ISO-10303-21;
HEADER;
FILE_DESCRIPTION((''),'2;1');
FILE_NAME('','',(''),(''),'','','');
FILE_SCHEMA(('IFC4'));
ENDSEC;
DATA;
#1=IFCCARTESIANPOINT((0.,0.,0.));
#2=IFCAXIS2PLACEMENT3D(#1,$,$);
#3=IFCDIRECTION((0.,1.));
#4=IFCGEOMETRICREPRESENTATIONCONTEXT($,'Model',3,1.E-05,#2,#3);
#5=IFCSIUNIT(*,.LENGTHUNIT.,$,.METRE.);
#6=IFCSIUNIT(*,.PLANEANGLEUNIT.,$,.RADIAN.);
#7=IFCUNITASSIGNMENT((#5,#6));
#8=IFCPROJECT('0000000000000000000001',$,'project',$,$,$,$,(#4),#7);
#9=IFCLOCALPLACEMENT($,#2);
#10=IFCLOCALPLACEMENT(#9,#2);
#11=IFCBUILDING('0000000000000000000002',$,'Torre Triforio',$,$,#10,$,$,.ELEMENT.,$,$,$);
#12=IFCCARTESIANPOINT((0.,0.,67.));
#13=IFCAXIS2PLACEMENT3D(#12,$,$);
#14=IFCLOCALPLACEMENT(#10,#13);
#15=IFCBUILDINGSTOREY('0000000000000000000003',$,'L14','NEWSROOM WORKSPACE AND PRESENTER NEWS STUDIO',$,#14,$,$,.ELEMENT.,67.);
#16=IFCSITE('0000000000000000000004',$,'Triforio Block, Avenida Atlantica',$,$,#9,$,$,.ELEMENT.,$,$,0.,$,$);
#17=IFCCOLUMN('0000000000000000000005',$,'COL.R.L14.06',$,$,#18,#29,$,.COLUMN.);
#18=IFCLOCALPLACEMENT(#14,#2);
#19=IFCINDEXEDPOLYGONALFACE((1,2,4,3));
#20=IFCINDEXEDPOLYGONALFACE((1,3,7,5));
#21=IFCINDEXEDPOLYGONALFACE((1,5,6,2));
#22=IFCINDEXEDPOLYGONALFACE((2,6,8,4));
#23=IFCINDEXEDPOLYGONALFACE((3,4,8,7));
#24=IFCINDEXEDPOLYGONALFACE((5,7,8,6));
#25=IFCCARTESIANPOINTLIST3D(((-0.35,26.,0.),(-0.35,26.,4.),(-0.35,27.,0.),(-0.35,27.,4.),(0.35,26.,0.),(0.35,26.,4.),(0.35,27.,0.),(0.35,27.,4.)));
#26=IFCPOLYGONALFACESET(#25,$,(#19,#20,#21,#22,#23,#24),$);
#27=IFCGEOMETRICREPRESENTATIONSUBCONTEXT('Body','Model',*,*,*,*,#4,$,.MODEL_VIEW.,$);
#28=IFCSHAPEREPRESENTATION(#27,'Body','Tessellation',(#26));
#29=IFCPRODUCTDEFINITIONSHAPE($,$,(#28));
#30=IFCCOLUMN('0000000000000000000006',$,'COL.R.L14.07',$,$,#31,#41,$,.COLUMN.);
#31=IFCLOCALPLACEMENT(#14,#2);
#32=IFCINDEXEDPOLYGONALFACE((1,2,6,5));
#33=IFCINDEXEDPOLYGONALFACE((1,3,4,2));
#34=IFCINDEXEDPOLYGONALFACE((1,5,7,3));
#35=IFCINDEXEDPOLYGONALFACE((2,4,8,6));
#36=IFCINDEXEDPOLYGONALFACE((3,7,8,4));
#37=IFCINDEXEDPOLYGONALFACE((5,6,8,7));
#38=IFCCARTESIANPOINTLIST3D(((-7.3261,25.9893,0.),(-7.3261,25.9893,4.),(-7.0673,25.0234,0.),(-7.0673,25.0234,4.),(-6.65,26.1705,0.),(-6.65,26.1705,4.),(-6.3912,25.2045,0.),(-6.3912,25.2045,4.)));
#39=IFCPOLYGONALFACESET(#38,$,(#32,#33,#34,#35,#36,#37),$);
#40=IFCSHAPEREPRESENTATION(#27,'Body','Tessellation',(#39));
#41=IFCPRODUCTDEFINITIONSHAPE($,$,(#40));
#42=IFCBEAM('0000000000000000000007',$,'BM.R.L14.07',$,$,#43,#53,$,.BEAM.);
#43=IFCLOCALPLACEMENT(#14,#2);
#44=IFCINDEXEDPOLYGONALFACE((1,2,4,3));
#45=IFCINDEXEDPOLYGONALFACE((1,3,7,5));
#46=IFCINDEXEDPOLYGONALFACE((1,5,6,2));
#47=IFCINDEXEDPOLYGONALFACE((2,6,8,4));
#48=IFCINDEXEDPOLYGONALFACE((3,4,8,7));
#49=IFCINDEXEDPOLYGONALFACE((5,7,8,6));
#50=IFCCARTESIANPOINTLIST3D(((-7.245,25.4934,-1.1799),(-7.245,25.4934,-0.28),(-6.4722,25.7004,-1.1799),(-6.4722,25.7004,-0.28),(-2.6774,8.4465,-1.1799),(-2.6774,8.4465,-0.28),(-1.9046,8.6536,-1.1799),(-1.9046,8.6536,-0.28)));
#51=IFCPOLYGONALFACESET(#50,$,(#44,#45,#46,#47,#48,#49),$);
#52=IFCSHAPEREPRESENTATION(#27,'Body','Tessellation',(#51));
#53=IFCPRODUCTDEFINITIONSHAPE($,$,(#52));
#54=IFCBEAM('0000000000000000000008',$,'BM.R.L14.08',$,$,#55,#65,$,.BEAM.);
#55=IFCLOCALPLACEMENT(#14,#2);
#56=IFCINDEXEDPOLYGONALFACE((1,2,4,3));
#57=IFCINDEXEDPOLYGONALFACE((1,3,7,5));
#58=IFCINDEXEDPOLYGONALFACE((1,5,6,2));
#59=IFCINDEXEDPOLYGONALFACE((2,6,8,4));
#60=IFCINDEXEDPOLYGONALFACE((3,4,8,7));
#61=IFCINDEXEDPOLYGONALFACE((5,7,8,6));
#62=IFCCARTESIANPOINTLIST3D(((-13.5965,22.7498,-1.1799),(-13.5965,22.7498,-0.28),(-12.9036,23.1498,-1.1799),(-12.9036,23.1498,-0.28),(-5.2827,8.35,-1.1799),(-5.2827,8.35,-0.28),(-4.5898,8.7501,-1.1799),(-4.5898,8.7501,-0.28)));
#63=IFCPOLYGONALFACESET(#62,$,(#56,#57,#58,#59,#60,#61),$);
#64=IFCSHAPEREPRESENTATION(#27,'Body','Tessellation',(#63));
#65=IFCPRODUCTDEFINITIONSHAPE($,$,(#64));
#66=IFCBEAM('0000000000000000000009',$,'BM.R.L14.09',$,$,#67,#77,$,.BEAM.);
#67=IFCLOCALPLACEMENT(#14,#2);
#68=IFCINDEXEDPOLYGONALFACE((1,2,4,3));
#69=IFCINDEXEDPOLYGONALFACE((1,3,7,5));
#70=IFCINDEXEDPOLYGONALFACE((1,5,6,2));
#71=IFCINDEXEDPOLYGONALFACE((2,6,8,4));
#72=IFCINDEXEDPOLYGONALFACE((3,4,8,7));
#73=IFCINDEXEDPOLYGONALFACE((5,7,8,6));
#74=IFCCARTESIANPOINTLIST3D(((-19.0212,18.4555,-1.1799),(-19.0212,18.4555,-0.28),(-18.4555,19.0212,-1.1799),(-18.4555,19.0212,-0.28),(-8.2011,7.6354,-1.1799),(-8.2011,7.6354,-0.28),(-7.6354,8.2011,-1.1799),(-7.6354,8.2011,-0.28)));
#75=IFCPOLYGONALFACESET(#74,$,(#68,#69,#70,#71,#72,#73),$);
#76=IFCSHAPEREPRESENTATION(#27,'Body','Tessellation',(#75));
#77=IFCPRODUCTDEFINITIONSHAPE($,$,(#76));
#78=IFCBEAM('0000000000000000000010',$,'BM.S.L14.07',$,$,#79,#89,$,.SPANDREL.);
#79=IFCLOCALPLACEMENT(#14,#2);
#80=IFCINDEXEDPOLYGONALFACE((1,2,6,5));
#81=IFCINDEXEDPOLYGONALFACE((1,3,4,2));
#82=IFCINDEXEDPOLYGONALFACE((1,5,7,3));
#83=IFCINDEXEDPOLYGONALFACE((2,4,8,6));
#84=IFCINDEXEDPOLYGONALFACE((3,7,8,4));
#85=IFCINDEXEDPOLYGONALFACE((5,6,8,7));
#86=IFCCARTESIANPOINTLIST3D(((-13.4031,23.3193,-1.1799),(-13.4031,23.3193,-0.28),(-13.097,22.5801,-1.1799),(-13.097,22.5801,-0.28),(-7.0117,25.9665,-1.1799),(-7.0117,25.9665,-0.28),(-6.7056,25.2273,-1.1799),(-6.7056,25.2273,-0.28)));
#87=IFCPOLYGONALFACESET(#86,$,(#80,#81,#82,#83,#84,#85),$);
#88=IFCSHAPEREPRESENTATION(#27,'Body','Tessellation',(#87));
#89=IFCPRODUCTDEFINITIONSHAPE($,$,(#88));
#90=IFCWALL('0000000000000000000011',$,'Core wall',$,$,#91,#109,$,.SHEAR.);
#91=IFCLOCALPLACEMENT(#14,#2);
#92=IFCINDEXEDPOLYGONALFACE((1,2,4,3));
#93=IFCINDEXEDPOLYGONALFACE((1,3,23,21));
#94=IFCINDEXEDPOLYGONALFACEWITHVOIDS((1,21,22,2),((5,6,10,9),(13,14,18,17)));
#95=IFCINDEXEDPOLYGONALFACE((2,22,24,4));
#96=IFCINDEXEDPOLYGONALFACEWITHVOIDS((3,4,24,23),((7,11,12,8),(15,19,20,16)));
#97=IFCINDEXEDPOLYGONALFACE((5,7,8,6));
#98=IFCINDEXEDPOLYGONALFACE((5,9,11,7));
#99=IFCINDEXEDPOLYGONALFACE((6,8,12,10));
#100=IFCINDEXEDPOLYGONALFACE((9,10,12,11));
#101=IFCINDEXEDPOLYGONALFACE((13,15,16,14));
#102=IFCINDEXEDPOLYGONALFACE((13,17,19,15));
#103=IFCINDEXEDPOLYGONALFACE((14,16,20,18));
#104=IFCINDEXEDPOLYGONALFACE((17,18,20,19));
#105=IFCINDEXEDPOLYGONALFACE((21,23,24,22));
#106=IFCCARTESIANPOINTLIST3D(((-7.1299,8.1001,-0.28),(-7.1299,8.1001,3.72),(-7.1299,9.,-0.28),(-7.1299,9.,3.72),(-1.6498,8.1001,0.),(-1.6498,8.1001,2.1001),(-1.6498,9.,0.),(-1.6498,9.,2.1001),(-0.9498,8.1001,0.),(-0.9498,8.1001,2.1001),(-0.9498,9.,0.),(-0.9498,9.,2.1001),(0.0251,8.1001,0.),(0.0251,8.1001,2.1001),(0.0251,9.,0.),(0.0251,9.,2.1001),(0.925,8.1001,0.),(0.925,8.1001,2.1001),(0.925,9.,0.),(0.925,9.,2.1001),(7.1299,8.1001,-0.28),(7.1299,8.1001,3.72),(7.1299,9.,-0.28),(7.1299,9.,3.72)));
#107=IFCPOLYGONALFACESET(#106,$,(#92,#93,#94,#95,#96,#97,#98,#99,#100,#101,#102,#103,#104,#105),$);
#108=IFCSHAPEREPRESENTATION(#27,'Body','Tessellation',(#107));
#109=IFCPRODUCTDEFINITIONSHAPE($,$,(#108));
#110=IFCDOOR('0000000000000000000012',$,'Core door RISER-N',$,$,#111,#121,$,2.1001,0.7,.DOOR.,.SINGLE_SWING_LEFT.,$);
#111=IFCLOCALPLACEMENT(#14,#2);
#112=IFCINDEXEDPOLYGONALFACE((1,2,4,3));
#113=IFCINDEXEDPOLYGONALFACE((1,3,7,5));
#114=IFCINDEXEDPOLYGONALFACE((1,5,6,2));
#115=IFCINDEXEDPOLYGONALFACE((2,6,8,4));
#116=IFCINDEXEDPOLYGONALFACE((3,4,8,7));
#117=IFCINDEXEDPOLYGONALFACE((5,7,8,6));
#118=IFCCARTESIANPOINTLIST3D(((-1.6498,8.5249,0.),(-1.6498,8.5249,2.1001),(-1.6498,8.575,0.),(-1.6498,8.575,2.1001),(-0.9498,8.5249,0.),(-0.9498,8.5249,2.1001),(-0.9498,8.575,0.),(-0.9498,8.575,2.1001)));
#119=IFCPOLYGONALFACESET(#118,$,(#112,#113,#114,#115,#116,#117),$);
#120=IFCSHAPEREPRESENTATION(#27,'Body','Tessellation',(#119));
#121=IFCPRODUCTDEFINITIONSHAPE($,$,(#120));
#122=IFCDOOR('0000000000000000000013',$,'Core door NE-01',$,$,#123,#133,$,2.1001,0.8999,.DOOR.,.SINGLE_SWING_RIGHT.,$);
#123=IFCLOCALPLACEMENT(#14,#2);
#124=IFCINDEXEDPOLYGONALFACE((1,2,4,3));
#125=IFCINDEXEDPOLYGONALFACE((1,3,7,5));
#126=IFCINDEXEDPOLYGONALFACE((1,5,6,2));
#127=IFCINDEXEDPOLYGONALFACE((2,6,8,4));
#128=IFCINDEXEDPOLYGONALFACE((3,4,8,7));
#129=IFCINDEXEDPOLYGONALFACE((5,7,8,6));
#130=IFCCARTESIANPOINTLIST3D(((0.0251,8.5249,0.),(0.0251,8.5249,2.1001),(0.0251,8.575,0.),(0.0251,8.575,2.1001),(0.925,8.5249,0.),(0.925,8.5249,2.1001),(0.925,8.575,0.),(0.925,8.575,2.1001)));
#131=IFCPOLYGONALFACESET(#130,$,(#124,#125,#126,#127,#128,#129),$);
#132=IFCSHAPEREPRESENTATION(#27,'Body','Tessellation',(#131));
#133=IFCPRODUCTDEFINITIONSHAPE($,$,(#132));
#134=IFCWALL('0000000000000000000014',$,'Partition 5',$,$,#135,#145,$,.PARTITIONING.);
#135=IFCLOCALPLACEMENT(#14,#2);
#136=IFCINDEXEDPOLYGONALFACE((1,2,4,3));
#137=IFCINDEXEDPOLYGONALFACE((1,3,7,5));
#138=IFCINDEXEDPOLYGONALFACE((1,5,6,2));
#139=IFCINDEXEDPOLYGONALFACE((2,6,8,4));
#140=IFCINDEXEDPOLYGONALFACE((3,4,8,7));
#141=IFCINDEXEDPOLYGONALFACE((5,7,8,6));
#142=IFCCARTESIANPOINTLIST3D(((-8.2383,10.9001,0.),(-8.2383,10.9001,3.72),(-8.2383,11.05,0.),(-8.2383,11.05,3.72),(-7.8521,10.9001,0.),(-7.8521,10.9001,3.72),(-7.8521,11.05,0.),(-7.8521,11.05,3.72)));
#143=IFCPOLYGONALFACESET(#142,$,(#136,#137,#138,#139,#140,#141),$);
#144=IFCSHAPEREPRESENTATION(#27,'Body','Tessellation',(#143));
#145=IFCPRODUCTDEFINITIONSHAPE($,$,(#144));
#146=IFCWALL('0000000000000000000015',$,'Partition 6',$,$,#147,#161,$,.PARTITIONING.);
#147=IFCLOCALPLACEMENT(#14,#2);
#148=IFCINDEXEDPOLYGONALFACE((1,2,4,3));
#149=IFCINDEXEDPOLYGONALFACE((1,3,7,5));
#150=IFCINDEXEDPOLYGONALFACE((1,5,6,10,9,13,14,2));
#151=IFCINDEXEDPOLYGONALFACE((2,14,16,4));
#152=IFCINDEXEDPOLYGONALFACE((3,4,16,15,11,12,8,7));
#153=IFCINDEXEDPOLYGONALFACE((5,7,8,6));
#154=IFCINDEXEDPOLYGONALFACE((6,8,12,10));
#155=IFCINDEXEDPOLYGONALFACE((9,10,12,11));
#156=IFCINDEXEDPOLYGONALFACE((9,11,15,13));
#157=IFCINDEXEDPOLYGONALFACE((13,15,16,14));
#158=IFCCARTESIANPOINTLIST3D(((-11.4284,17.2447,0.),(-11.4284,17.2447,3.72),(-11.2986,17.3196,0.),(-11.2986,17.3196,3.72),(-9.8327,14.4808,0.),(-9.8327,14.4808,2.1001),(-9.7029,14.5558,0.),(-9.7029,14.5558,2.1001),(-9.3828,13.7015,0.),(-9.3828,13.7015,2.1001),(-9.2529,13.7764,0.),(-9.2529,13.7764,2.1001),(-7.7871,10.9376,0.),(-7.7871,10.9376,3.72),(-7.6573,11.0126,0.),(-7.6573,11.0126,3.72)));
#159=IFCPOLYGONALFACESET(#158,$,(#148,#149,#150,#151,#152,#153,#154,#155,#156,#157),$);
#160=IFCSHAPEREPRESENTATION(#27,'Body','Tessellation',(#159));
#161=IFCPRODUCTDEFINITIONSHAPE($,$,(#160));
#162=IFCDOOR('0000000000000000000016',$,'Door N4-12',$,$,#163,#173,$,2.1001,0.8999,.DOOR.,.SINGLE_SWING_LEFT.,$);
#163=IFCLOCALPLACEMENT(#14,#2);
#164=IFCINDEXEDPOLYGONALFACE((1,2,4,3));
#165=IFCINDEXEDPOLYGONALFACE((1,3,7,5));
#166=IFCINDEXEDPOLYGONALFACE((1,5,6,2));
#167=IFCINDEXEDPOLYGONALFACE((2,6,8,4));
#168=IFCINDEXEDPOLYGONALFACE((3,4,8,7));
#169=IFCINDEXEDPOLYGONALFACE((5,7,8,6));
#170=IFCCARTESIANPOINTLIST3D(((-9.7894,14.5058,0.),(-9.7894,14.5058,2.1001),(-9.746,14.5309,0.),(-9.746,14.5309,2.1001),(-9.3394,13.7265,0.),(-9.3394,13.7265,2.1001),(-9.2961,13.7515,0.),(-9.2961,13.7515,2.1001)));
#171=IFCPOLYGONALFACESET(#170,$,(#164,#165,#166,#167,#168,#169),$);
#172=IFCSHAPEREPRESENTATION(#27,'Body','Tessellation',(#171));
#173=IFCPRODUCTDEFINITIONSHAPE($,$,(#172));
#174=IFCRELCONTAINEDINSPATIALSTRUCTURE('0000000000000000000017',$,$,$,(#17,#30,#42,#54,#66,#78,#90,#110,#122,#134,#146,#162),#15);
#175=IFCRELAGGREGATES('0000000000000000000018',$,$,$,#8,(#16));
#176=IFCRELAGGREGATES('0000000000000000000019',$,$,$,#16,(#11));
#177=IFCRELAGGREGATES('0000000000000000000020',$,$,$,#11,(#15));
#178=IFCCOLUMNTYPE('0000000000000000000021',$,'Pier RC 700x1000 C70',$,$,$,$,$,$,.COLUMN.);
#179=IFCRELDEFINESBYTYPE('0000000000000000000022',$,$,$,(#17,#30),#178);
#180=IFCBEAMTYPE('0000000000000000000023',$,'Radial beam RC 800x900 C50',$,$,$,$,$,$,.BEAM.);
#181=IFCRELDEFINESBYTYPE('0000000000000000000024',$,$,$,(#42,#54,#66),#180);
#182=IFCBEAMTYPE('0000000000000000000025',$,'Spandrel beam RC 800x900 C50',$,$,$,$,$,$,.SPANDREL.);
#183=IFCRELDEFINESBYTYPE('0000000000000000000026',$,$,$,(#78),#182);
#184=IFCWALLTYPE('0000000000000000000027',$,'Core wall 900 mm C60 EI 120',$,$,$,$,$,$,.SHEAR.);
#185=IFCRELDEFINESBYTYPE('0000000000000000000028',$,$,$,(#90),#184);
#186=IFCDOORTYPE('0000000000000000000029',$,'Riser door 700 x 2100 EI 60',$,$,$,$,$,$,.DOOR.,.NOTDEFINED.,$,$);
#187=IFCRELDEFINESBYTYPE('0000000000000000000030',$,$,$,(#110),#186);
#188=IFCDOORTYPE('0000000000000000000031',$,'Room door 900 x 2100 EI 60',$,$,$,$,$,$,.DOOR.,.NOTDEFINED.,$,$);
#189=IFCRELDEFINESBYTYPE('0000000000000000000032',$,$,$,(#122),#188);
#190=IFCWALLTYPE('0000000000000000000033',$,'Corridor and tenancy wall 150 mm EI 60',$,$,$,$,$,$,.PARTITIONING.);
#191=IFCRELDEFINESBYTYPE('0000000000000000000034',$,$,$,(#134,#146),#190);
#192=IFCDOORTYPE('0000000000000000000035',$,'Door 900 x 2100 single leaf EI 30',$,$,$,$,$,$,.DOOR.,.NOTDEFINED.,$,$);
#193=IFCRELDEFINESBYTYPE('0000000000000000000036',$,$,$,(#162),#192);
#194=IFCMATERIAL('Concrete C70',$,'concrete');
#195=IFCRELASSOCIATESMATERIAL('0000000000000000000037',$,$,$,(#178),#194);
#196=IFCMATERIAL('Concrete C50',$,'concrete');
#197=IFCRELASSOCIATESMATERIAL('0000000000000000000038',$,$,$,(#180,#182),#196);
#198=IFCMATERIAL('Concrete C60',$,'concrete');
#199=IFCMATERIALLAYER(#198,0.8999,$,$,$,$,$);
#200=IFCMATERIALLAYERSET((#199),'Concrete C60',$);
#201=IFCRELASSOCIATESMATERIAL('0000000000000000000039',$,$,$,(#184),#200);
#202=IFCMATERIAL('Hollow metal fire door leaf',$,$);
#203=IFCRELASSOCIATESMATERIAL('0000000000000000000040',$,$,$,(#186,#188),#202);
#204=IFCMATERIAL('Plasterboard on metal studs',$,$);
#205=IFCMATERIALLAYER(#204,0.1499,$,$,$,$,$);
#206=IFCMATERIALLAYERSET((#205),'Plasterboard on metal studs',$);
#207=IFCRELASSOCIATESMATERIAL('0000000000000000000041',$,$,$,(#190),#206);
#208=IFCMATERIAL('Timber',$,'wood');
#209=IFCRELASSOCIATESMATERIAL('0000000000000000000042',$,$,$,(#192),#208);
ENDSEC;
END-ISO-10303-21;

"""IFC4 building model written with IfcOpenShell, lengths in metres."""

from ifc_helpers import new_model, si_unit, direction, frame, frame_2d, origin, origin_2d, place, context, subcontext, project, spatial, rectangle, extrude, material, layer, layer_set, material_profile, profile_set, type_object, element, fill, save


model = new_model("IFC4")

# Units and contexts
model_context = context("Model", 3, precision=1e-05, world=origin(), true_north=direction((0.0, 1.0)))
body_context = subcontext(model_context, "Body", "Model", "MODEL_VIEW")
ifc_project = project(units=[si_unit("LENGTHUNIT", "METRE"), si_unit("PLANEANGLEUNIT", "RADIAN")], contexts=[model_context])

# Site, building, storey
site_placement = place(None, origin())
site = spatial("IfcSite", under=ifc_project, at=site_placement, Name="Triforio Block, Avenida Atlantica", CompositionType="ELEMENT", RefElevation=0.0)
building_placement = place(site_placement, origin())
building = spatial("IfcBuilding", under=site, at=building_placement, Name="Torre Triforio", CompositionType="ELEMENT")
storey_placement = place(building_placement, frame((0.0, 0.0, 67.0)))
storey = spatial("IfcBuildingStorey", under=building, at=storey_placement, Name="L14", Description="NEWSROOM WORKSPACE AND PRESENTER NEWS STUDIO", CompositionType="ELEMENT", Elevation=67.0)

# Columns
ifc_material_1 = material(Name="Concrete C70", Category="concrete")
ifc_material_profile_1 = material_profile(ifc_material_1, rectangle(XDim=0.7, YDim=1.0, at=origin_2d()), Name="RC 700x1000")
ifc_profile_set_1 = profile_set([ifc_material_profile_1], Name="Concrete C70")
column_type = type_object("IfcColumnType", Name="Pier RC 700x1000 C70", PredefinedType="COLUMN", material=ifc_profile_set_1)
for number, where, z_axis, x_axis, name in (
    (1, (0.0, 26.5, 0.0), (0.0, 0.0, 1.0), (-1.0, 0.0, 0.0), "COL.R.L14.06"),
    (2, (-6.8586, 25.5969, 0.0), (0.0, 0.0, 1.0), (-0.965926, -0.258819, 0.0), "COL.R.L14.07"),
):
    element("IfcColumn", number, at=place(storey_placement, frame(where, z_axis=z_axis, x_axis=x_axis)), inside=storey, type_object=column_type, Name=name, PredefinedType="COLUMN", context=body_context, shape_type="SweptSolid", body=[
        extrude(rectangle(XDim=0.7, YDim=1.0, at=origin_2d()), origin(), (0.0, 0.0, 1.0), 4.0),
    ])

# Beams
ifc_material_2 = material(Name="Concrete C50", Category="concrete")
ifc_material_profile_2 = material_profile(ifc_material_2, rectangle(XDim=0.8, YDim=0.8999, at=origin_2d()), Name="RC 800x900")
ifc_profile_set_2 = profile_set([ifc_material_profile_2], Name="Concrete C50")
beam_type_1 = type_object("IfcBeamType", Name="Radial beam RC 800x900 C50", PredefinedType="BEAM", material=ifc_profile_set_2)
beam_1_placement = place(storey_placement, frame((-2.291, 8.55, -0.73), z_axis=(-0.258815, 0.965927, 0.0), x_axis=(-0.965927, -0.258815, 0.0)))
element("IfcBeam", 3, at=beam_1_placement, inside=storey, type_object=beam_type_1, Name="BM.R.L14.07", PredefinedType="BEAM", context=body_context, shape_type="SweptSolid", body=[
    extrude(rectangle(XDim=0.8, YDim=0.8999, at=origin_2d()), origin(), (0.0, 0.0, 1.0), 17.6482),
])
beam_2_placement = place(storey_placement, frame((-4.9363, 8.55, -0.73), z_axis=(-0.500003, 0.866023, 0.0), x_axis=(-0.866023, -0.500003, 0.0)))
element("IfcBeam", 4, at=beam_2_placement, inside=storey, type_object=beam_type_1, Name="BM.R.L14.08", PredefinedType="BEAM", context=body_context, shape_type="SweptSolid", body=[
    extrude(rectangle(XDim=0.8, YDim=0.8999, at=origin_2d()), origin(), (0.0, 0.0, 1.0), 16.6274),
])
beam_3_placement = place(storey_placement, frame((-7.9182, 7.9182, -0.73), z_axis=(-0.707107, 0.707107, 0.0), x_axis=(-0.707107, -0.707107, 0.0)))
element("IfcBeam", 5, at=beam_3_placement, inside=storey, type_object=beam_type_1, Name="BM.R.L14.09", PredefinedType="BEAM", context=body_context, shape_type="SweptSolid", body=[
    extrude(rectangle(XDim=0.8, YDim=0.8999, at=origin_2d()), origin(), (0.0, 0.0, 1.0), 15.302),
])
ifc_material_profile_3 = material_profile(ifc_material_2, rectangle(XDim=0.8, YDim=0.8999, at=origin_2d()), Name="RC 800x900")
ifc_profile_set_3 = profile_set([ifc_material_profile_3], Name="Concrete C50")
beam_type_2 = type_object("IfcBeamType", Name="Spandrel beam RC 800x900 C50", PredefinedType="SPANDREL", material=ifc_profile_set_3)
beam_4_placement = place(storey_placement, frame((-6.8586, 25.5969, -0.73), z_axis=(-0.923888, -0.382662, 0.0), x_axis=(0.382662, -0.923888, 0.0)))
element("IfcBeam", 6, at=beam_4_placement, inside=storey, type_object=beam_type_2, Name="BM.S.L14.07", PredefinedType="SPANDREL", context=body_context, shape_type="SweptSolid", body=[
    extrude(rectangle(XDim=0.8, YDim=0.8999, at=origin_2d()), origin(), (0.0, 0.0, 1.0), 6.918),
])

# Wall, openings, doors
ifc_material_3 = material(Name="Concrete C60", Category="concrete")
ifc_layer_1 = layer(ifc_material_3, 0.8999)
ifc_layer_set_1 = layer_set([ifc_layer_1], Name="Concrete C60")
wall_type_1 = type_object("IfcWallType", Name="Core wall 900 mm C60 EI 120", PredefinedType="SHEAR", material=ifc_layer_set_1)
wall_1_placement = place(storey_placement, frame((-7.1299, 8.55, -0.28), z_axis=(0.0, 0.0, 1.0), x_axis=(1.0, 0.0, 0.0)))
wall_1 = element("IfcWall", 7, at=wall_1_placement, inside=storey, type_object=wall_type_1, Name="Core wall", PredefinedType="SHEAR", context=body_context, shape_type="SweptSolid", body=[
    extrude(rectangle(XDim=14.2598, YDim=0.8999, at=frame_2d((7.1299, 0.0))), origin(), (0.0, 0.0, 1.0), 4.0),
])
opening_1_placement = place(wall_1_placement, frame((5.48, 0.0, 0.28)))
opening_1 = element("IfcOpeningElement", 8, at=opening_1_placement, cuts=wall_1, PredefinedType="OPENING", context=body_context, shape_type="SweptSolid", body=[
    extrude(rectangle(XDim=0.7, YDim=2.1001, at=frame_2d((0.3501, 1.05))), frame((0.0, 0.46, 0.0), z_axis=(0.0, -1.0, 0.0), x_axis=(1.0, 0.0, 0.0)), (0.0, 0.0, 1.0), 0.9199),
])
opening_2_placement = place(wall_1_placement, frame((7.155, 0.0, 0.28)))
opening_2 = element("IfcOpeningElement", 9, at=opening_2_placement, cuts=wall_1, PredefinedType="OPENING", context=body_context, shape_type="SweptSolid", body=[
    extrude(rectangle(XDim=0.8999, YDim=2.1001, at=frame_2d((0.45, 1.05))), frame((0.0, 0.46, 0.0), z_axis=(0.0, -1.0, 0.0), x_axis=(1.0, 0.0, 0.0)), (0.0, 0.0, 1.0), 0.9199),
])
ifc_material_4 = material(Name="Hollow metal fire door leaf")
door_type_1 = type_object("IfcDoorType", Name="Riser door 700 x 2100 EI 60", OperationType="NOTDEFINED", PredefinedType="DOOR", material=ifc_material_4)
door_1_placement = place(opening_1_placement, origin())
door_1 = element("IfcDoor", 10, at=door_1_placement, inside=storey, type_object=door_type_1, Name="Core door RISER-N", OperationType="SINGLE_SWING_LEFT", OverallHeight=2.1001, OverallWidth=0.7, PredefinedType="DOOR", context=body_context, shape_type="SweptSolid", body=[
    extrude(rectangle(XDim=0.7, YDim=2.1001, at=frame_2d((0.3501, 1.05))), frame((0.0, 0.0249, 0.0), z_axis=(0.0, -1.0, 0.0), x_axis=(1.0, 0.0, 0.0)), (0.0, 0.0, 1.0), 0.05),
])
fill(opening_1, door_1)
door_type_2 = type_object("IfcDoorType", Name="Room door 900 x 2100 EI 60", OperationType="NOTDEFINED", PredefinedType="DOOR", material=ifc_material_4)
door_2_placement = place(opening_2_placement, origin())
door_2 = element("IfcDoor", 11, at=door_2_placement, inside=storey, type_object=door_type_2, Name="Core door NE-01", OperationType="SINGLE_SWING_RIGHT", OverallHeight=2.1001, OverallWidth=0.8999, PredefinedType="DOOR", context=body_context, shape_type="SweptSolid", body=[
    extrude(rectangle(XDim=0.8999, YDim=2.1001, at=frame_2d((0.45, 1.05))), frame((0.0, 0.0249, 0.0), z_axis=(0.0, -1.0, 0.0), x_axis=(1.0, 0.0, 0.0)), (0.0, 0.0, 1.0), 0.05),
])
fill(opening_2, door_2)

# Wall
ifc_material_5 = material(Name="Plasterboard on metal studs")
ifc_layer_2 = layer(ifc_material_5, 0.1499)
ifc_layer_set_2 = layer_set([ifc_layer_2], Name="Plasterboard on metal studs")
wall_type_2 = type_object("IfcWallType", Name="Corridor and tenancy wall 150 mm EI 60", PredefinedType="PARTITIONING", material=ifc_layer_set_2)
wall_2_placement = place(storey_placement, frame((-8.2383, 10.9751, 0.0), z_axis=(0.0, 0.0, 1.0), x_axis=(1.0, 0.0, 0.0)))
element("IfcWall", 12, at=wall_2_placement, inside=storey, type_object=wall_type_2, Name="Partition 5", PredefinedType="PARTITIONING", context=body_context, shape_type="SweptSolid", body=[
    extrude(rectangle(XDim=0.3862, YDim=0.1499, at=frame_2d((0.1931, 0.0))), origin(), (0.0, 0.0, 1.0), 3.72),
])

# Wall, opening, door
wall_3_placement = place(storey_placement, frame((-7.7222, 10.9751, 0.0), z_axis=(0.0, 0.0, 1.0), x_axis=(-0.499993, 0.866029, 0.0)))
wall_3 = element("IfcWall", 13, at=wall_3_placement, inside=storey, type_object=wall_type_2, Name="Partition 6", PredefinedType="PARTITIONING", context=body_context, shape_type="SweptSolid", body=[
    extrude(rectangle(XDim=7.2827, YDim=0.1499, at=frame_2d((3.6414, 0.0))), origin(), (0.0, 0.0, 1.0), 3.72),
])
opening_3_placement = place(wall_3_placement, frame((3.1914, 0.0, 0.0)))
opening_3 = element("IfcOpeningElement", 14, at=opening_3_placement, cuts=wall_3, PredefinedType="OPENING", context=body_context, shape_type="SweptSolid", body=[
    extrude(rectangle(XDim=0.8999, YDim=2.1001, at=frame_2d((0.45, 1.05))), frame((0.0, 0.085, 0.0), z_axis=(0.0, -1.0, 0.0), x_axis=(1.0, 0.0, 0.0)), (0.0, 0.0, 1.0), 0.1699),
])
ifc_material_6 = material(Name="Timber", Category="wood")
door_type_3 = type_object("IfcDoorType", Name="Door 900 x 2100 single leaf EI 30", OperationType="NOTDEFINED", PredefinedType="DOOR", material=ifc_material_6)
door_3_placement = place(opening_3_placement, origin())
door_3 = element("IfcDoor", 15, at=door_3_placement, inside=storey, type_object=door_type_3, Name="Door N4-12", OperationType="SINGLE_SWING_LEFT", OverallHeight=2.1001, OverallWidth=0.8999, PredefinedType="DOOR", context=body_context, shape_type="SweptSolid", body=[
    extrude(rectangle(XDim=0.8999, YDim=2.1001, at=frame_2d((0.45, 1.05))), frame((0.0, 0.0249, 0.0), z_axis=(0.0, -1.0, 0.0), x_axis=(1.0, 0.0, 0.0)), (0.0, 0.0, 1.0), 0.05),
])
fill(opening_3, door_3)

save(model, "model.ifc")
